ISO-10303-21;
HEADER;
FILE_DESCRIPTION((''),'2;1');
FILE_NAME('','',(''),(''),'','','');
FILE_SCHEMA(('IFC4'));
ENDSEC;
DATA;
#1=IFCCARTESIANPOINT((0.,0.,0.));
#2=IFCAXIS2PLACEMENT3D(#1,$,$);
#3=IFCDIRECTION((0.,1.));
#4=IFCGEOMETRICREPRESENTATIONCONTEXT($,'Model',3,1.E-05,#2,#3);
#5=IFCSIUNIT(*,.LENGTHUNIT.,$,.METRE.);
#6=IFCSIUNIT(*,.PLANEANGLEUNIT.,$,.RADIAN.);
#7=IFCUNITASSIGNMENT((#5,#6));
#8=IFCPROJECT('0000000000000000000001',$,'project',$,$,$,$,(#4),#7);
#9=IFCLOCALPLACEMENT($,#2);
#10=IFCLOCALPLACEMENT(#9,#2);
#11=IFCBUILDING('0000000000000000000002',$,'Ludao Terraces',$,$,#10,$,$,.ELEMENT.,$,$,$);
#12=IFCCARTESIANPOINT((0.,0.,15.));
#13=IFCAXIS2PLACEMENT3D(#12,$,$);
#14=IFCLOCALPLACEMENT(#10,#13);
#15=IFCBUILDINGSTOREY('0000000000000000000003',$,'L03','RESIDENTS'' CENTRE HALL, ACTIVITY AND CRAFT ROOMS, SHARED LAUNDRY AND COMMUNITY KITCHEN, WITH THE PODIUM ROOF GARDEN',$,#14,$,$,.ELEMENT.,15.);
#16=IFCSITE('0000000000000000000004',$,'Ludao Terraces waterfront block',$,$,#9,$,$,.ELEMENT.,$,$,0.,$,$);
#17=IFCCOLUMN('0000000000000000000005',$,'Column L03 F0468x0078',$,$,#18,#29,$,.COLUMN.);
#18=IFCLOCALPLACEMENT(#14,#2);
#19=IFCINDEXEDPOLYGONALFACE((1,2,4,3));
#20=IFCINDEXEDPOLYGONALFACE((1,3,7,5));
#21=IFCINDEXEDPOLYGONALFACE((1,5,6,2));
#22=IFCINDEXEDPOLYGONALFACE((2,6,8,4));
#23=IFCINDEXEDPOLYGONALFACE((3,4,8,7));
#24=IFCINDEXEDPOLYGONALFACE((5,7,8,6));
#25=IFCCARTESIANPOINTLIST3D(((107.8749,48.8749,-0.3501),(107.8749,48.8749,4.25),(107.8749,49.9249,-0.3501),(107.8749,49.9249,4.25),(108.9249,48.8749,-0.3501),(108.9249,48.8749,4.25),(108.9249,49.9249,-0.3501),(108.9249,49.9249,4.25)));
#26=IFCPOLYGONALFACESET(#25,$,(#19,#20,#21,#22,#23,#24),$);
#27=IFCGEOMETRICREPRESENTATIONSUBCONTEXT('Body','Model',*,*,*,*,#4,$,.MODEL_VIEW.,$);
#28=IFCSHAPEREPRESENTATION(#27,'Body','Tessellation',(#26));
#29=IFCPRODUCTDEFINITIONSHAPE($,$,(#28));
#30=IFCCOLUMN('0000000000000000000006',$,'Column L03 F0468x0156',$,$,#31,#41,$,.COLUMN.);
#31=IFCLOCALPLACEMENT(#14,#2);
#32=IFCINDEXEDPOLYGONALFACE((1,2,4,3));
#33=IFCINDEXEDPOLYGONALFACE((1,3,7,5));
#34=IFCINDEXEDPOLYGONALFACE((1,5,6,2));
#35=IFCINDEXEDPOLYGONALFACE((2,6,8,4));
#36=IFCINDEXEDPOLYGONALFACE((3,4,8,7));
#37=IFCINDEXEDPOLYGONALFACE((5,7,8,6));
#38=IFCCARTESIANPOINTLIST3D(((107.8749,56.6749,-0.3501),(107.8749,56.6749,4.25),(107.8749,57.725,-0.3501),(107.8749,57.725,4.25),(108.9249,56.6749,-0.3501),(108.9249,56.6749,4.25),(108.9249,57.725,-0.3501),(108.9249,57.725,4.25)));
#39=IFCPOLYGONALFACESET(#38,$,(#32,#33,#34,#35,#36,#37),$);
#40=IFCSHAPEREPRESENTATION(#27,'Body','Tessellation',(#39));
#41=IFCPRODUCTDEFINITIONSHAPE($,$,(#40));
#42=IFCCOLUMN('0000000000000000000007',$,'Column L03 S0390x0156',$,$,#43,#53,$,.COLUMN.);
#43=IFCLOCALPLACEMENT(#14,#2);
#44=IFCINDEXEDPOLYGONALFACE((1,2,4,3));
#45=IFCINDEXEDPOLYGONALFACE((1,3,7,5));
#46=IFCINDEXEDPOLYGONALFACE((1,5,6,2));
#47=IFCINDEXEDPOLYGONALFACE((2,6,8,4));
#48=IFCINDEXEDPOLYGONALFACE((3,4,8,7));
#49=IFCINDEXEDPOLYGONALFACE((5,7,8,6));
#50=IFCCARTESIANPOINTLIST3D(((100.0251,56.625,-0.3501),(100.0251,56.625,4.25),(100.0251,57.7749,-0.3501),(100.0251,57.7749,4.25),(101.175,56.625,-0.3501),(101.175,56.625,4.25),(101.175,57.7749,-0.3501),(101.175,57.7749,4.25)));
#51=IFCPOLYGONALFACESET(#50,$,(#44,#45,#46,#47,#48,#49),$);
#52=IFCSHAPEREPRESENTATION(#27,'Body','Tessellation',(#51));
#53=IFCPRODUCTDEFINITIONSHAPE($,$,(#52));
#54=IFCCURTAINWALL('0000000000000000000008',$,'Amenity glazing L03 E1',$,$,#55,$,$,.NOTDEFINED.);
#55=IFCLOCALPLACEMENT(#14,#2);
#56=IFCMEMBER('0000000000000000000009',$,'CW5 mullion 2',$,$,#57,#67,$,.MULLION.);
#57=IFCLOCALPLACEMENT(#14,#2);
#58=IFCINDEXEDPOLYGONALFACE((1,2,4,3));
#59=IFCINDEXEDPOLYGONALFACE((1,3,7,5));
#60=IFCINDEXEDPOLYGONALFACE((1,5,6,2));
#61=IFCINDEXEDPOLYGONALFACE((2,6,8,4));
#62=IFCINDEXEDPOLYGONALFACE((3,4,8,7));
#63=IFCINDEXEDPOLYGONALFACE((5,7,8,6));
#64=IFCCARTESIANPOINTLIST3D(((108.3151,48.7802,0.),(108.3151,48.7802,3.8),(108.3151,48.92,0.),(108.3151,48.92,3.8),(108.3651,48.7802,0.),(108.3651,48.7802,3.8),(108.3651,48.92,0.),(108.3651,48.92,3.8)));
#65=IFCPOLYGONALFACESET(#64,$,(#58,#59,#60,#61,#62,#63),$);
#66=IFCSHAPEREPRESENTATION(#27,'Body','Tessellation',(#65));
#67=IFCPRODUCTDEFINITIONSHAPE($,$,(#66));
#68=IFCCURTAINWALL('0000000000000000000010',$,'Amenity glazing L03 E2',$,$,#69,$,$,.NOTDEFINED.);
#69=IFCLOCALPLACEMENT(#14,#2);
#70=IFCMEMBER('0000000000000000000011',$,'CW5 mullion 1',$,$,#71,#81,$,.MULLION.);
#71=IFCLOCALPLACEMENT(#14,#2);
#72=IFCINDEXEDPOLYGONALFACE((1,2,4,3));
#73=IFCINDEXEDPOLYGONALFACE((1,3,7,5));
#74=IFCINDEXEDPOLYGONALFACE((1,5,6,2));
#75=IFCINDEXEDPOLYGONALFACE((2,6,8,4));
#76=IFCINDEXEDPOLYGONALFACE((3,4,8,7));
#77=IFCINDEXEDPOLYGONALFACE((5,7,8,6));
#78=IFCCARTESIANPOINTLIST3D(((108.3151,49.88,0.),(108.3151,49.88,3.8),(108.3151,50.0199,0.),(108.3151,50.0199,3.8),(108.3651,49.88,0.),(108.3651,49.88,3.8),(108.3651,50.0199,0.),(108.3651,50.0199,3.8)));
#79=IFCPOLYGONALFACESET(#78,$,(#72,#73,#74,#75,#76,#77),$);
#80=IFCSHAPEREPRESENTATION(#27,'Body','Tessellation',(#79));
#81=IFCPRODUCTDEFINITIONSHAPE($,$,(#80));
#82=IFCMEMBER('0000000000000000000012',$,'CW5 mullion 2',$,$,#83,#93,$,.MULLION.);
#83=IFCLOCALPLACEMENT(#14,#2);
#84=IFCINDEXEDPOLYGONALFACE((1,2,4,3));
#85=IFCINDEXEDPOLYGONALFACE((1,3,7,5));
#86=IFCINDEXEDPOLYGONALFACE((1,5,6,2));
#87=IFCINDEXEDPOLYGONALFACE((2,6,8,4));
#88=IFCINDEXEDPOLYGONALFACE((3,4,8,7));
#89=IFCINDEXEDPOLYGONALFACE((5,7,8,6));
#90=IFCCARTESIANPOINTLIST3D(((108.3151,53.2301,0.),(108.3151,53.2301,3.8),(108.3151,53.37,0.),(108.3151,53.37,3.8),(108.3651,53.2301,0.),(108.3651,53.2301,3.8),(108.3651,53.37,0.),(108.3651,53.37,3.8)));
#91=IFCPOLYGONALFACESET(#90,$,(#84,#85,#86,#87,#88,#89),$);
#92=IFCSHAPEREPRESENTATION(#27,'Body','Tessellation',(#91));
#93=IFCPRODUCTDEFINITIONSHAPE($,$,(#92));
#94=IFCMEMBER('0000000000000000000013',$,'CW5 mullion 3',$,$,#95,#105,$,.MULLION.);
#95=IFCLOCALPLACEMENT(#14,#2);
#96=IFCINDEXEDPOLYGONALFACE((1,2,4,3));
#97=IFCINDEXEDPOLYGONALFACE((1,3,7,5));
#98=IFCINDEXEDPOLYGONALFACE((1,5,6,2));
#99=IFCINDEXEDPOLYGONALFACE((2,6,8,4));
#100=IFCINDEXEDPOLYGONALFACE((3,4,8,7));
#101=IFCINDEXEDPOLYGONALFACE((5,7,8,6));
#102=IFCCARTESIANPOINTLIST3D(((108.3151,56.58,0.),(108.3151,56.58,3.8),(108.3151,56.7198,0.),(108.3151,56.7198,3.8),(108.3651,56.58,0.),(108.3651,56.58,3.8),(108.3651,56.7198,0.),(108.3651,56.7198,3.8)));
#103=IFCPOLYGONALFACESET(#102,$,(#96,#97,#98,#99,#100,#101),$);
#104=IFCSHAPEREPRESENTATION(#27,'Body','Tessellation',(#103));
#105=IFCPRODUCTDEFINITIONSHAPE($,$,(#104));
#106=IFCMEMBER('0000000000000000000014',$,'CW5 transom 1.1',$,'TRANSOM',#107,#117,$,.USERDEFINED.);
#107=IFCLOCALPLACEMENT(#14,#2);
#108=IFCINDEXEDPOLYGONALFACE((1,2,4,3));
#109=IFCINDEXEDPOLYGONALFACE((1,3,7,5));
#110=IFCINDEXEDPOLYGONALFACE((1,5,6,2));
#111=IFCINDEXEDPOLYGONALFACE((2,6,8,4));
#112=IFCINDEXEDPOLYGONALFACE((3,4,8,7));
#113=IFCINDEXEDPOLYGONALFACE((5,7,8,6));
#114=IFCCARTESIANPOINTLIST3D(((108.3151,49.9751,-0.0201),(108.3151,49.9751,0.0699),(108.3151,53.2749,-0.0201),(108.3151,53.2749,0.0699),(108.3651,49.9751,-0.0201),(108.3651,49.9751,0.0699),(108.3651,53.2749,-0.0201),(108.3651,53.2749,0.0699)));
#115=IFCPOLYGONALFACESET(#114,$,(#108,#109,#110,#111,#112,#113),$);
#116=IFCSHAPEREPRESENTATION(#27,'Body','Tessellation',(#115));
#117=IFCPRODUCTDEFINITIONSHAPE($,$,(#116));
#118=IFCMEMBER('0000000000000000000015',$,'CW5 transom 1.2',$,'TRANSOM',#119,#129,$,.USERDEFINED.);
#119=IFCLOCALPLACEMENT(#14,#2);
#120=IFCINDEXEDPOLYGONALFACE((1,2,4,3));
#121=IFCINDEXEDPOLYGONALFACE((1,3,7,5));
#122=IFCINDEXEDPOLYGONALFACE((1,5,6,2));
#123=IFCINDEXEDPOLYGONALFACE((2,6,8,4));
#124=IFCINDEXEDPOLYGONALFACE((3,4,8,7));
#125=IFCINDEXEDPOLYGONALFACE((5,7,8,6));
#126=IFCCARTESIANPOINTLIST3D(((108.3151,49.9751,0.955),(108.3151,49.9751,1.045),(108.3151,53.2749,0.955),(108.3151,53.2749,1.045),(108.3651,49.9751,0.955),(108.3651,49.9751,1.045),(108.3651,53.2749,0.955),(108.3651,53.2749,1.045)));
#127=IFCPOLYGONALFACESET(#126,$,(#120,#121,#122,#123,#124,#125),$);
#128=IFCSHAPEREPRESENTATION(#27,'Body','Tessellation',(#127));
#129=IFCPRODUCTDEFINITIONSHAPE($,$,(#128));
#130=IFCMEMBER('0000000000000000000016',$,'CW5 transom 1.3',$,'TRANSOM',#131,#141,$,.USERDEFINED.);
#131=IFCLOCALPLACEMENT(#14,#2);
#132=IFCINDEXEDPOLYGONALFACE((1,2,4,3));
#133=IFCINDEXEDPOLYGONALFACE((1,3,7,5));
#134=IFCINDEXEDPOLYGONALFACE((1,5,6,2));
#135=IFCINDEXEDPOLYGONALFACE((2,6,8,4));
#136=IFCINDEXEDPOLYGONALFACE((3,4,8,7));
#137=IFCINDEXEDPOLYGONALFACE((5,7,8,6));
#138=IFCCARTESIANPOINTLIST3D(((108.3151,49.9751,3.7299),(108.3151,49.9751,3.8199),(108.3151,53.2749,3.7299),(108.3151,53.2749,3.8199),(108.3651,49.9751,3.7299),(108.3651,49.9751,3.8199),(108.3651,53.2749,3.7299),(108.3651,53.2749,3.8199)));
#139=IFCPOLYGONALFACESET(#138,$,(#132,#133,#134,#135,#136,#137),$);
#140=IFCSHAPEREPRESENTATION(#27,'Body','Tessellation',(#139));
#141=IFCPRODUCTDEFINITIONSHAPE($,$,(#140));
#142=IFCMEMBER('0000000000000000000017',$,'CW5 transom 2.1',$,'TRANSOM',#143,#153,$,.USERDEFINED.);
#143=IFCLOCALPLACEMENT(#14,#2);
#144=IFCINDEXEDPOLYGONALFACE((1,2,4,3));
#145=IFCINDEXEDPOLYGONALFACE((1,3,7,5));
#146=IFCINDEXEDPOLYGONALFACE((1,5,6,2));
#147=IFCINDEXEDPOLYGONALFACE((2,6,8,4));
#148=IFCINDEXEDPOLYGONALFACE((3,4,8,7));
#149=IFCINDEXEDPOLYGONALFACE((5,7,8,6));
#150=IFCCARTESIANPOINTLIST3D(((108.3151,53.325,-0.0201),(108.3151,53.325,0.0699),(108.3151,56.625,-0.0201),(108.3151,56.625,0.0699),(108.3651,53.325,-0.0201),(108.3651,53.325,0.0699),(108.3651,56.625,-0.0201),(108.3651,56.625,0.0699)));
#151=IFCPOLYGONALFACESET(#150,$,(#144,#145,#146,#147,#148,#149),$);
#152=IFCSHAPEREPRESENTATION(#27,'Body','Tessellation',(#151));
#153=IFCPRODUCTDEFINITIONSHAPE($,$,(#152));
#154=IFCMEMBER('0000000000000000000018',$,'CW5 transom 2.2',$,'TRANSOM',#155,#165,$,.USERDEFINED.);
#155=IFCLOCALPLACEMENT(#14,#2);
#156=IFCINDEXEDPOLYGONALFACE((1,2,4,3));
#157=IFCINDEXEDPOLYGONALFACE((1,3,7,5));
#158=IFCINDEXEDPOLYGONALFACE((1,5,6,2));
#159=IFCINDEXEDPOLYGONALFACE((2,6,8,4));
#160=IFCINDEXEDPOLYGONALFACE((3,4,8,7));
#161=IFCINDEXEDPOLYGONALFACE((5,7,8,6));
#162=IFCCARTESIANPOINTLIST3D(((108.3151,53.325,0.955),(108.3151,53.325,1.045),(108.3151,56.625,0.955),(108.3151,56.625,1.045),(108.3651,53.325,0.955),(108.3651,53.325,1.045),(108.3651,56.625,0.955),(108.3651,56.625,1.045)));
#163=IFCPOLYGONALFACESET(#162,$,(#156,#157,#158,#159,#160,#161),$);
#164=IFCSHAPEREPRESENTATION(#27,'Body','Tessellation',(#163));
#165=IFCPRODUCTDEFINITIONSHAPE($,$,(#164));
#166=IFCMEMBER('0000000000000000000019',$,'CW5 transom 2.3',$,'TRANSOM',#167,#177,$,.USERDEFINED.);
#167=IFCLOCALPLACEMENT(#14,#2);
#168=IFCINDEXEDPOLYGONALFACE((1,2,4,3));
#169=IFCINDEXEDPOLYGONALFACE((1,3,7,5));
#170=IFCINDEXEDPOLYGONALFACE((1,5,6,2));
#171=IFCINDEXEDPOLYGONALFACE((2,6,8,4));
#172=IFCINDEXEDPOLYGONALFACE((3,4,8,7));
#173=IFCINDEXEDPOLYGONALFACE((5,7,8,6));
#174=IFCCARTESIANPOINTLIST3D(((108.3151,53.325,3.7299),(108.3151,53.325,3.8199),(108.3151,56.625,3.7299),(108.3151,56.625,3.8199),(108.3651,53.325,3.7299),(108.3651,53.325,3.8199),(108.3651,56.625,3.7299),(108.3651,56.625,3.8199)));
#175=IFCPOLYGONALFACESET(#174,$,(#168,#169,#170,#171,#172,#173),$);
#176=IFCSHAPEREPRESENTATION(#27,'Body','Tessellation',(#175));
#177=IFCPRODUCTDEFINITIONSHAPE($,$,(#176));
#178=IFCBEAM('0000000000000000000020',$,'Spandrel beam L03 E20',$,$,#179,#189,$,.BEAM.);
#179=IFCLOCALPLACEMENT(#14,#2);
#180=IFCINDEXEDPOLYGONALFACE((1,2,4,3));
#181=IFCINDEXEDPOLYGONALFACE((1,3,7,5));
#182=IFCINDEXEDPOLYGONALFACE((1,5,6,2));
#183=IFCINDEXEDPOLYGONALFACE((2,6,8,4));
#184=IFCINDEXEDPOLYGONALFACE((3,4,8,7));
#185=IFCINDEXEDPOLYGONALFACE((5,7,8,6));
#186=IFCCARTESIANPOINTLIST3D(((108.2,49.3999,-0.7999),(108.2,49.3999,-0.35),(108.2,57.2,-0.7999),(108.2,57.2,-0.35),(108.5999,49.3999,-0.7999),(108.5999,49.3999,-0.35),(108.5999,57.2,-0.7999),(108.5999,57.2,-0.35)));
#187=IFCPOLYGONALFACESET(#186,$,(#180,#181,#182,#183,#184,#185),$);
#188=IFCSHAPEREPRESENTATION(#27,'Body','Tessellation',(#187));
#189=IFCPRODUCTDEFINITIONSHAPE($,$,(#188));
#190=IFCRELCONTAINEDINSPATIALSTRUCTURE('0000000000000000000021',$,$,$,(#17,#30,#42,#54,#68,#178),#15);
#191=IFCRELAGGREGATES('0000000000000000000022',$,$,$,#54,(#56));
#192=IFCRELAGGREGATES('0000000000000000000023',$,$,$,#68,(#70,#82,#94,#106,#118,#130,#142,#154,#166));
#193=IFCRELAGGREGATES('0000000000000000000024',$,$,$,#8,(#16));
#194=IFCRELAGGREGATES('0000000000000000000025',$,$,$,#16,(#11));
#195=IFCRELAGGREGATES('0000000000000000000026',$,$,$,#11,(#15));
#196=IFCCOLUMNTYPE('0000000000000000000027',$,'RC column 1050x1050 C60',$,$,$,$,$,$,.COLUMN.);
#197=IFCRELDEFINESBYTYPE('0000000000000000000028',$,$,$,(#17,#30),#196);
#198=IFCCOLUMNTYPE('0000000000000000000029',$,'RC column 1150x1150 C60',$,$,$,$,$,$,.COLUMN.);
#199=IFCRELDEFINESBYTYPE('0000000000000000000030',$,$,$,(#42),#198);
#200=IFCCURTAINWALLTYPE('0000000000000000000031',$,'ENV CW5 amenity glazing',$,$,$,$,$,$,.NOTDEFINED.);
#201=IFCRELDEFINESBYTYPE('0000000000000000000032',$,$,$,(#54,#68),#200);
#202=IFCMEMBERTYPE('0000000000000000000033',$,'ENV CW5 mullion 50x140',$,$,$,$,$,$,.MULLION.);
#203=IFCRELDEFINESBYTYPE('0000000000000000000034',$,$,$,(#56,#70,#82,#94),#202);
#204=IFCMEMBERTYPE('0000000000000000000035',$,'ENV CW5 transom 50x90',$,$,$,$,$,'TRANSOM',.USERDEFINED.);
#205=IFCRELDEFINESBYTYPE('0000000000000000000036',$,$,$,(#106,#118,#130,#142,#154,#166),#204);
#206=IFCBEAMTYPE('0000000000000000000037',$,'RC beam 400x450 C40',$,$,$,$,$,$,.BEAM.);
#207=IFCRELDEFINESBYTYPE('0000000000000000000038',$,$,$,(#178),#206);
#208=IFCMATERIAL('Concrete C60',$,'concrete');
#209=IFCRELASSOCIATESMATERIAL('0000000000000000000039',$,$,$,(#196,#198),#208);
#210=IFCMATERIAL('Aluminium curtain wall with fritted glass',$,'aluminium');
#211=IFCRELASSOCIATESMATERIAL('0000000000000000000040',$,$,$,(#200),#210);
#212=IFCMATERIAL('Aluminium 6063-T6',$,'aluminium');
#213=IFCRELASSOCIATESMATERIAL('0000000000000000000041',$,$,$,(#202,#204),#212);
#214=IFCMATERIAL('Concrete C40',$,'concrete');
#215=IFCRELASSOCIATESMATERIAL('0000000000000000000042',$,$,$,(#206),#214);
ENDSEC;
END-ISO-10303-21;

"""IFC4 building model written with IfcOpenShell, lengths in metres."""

from ifc_helpers import new_model, si_unit, direction, frame, origin, origin_2d, place, context, subcontext, project, spatial, rectangle, extrude, material, material_profile, profile_set, type_object, element, aggregate, save


model = new_model("IFC4")

# Units and contexts
model_context = context("Model", 3, precision=1e-05, world=origin(), true_north=direction((0.0, 1.0)))
body_context = subcontext(model_context, "Body", "Model", "MODEL_VIEW")
ifc_project = project(units=[si_unit("LENGTHUNIT", "METRE"), si_unit("PLANEANGLEUNIT", "RADIAN")], contexts=[model_context])

# Site, building, storey
site_placement = place(None, origin())
site = spatial("IfcSite", under=ifc_project, at=site_placement, Name="Ludao Terraces waterfront block", CompositionType="ELEMENT", RefElevation=0.0)
building_placement = place(site_placement, origin())
building = spatial("IfcBuilding", under=site, at=building_placement, Name="Ludao Terraces", CompositionType="ELEMENT")
storey_placement = place(building_placement, frame((0.0, 0.0, 15.0)))
storey = spatial("IfcBuildingStorey", under=building, at=storey_placement, Name="L03", Description="RESIDENTS' CENTRE HALL, ACTIVITY AND CRAFT ROOMS, SHARED LAUNDRY AND COMMUNITY KITCHEN, WITH THE PODIUM ROOF GARDEN", CompositionType="ELEMENT", Elevation=15.0)

# Columns
ifc_material_1 = material(Name="Concrete C60", Category="concrete")
ifc_material_profile_1 = material_profile(ifc_material_1, rectangle(XDim=1.05, YDim=1.05, at=origin_2d()), Name="1050 X 1050")
ifc_profile_set_1 = profile_set([ifc_material_profile_1], Name="Concrete C60")
column_type_1 = type_object("IfcColumnType", Name="RC column 1050x1050 C60", PredefinedType="COLUMN", material=ifc_profile_set_1)
for number, where, z_axis, x_axis, name in (
    (1, (108.3999, 49.3999, -0.3501), (0.0, 0.0, 1.0), (1.0, 0.0, 0.0), "Column L03 F0468x0078"),
    (2, (108.3999, 57.2, -0.3501), (0.0, 0.0, 1.0), (1.0, 0.0, 0.0), "Column L03 F0468x0156"),
):
    element("IfcColumn", number, at=place(storey_placement, frame(where, z_axis=z_axis, x_axis=x_axis)), inside=storey, type_object=column_type_1, Name=name, PredefinedType="COLUMN", context=body_context, shape_type="SweptSolid", body=[
        extrude(rectangle(XDim=1.05, YDim=1.05, at=origin_2d()), origin(), (0.0, 0.0, 1.0), 4.6001),
    ])
ifc_material_profile_2 = material_profile(ifc_material_1, rectangle(XDim=1.1499, YDim=1.1499, at=origin_2d()), Name="1150 X 1150")
ifc_profile_set_2 = profile_set([ifc_material_profile_2], Name="Concrete C60")
column_type_2 = type_object("IfcColumnType", Name="RC column 1150x1150 C60", PredefinedType="COLUMN", material=ifc_profile_set_2)
column_placement = place(storey_placement, frame((100.6001, 57.2, -0.3501), z_axis=(0.0, 0.0, 1.0), x_axis=(1.0, 0.0, 0.0)))
element("IfcColumn", 3, at=column_placement, inside=storey, type_object=column_type_2, Name="Column L03 S0390x0156", PredefinedType="COLUMN", context=body_context, shape_type="SweptSolid", body=[
    extrude(rectangle(XDim=1.1499, YDim=1.1499, at=origin_2d()), origin(), (0.0, 0.0, 1.0), 4.6001),
])

# Curtain wall, member
ifc_material_2 = material(Name="Aluminium curtain wall with fritted glass", Category="aluminium")
curtain_wall_type = type_object("IfcCurtainWallType", Name="ENV CW5 amenity glazing", PredefinedType="NOTDEFINED", material=ifc_material_2)
curtain_wall_1_placement = place(storey_placement, origin())
curtain_wall_1 = element("IfcCurtainWall", 4, at=curtain_wall_1_placement, inside=storey, type_object=curtain_wall_type, Name="Amenity glazing L03 E1", PredefinedType="NOTDEFINED")
ifc_material_3 = material(Name="Aluminium 6063-T6", Category="aluminium")
ifc_material_profile_3 = material_profile(ifc_material_3, rectangle(XDim=0.05, YDim=0.1399, at=origin_2d()), Name="50 X 140")
ifc_profile_set_3 = profile_set([ifc_material_profile_3], Name="Aluminium 6063-T6")
member_type_1 = type_object("IfcMemberType", Name="ENV CW5 mullion 50x140", PredefinedType="MULLION", material=ifc_profile_set_3)
member_1_placement = place(storey_placement, frame((108.3401, 48.8501, 0.0), z_axis=(0.0, 0.0, 1.0), x_axis=(-1.0, 0.0, 0.0)))
member_1 = element("IfcMember", 5, at=member_1_placement, type_object=member_type_1, Name="CW5 mullion 2", PredefinedType="MULLION", context=body_context, shape_type="SweptSolid", body=[
    extrude(rectangle(XDim=0.05, YDim=0.1399, at=origin_2d()), origin(), (0.0, 0.0, 1.0), 3.8),
])

# Curtain wall, members
curtain_wall_2_placement = place(storey_placement, origin())
curtain_wall_2 = element("IfcCurtainWall", 6, at=curtain_wall_2_placement, inside=storey, type_object=curtain_wall_type, Name="Amenity glazing L03 E2", PredefinedType="NOTDEFINED")
member_2_placement = place(storey_placement, frame((108.3401, 49.95, 0.0), z_axis=(0.0, 0.0, 1.0), x_axis=(-1.0, 0.0, 0.0)))
member_2 = element("IfcMember", 7, at=member_2_placement, type_object=member_type_1, Name="CW5 mullion 1", PredefinedType="MULLION", context=body_context, shape_type="SweptSolid", body=[
    extrude(rectangle(XDim=0.05, YDim=0.1399, at=origin_2d()), origin(), (0.0, 0.0, 1.0), 3.8),
])
member_3_placement = place(storey_placement, frame((108.3401, 53.3, 0.0), z_axis=(0.0, 0.0, 1.0), x_axis=(-1.0, 0.0, 0.0)))
member_3 = element("IfcMember", 8, at=member_3_placement, type_object=member_type_1, Name="CW5 mullion 2", PredefinedType="MULLION", context=body_context, shape_type="SweptSolid", body=[
    extrude(rectangle(XDim=0.05, YDim=0.1399, at=origin_2d()), origin(), (0.0, 0.0, 1.0), 3.8),
])
member_4_placement = place(storey_placement, frame((108.3401, 56.6499, 0.0), z_axis=(0.0, 0.0, 1.0), x_axis=(-1.0, 0.0, 0.0)))
member_4 = element("IfcMember", 9, at=member_4_placement, type_object=member_type_1, Name="CW5 mullion 3", PredefinedType="MULLION", context=body_context, shape_type="SweptSolid", body=[
    extrude(rectangle(XDim=0.05, YDim=0.1399, at=origin_2d()), origin(), (0.0, 0.0, 1.0), 3.8),
])
ifc_material_profile_4 = material_profile(ifc_material_3, rectangle(XDim=0.05, YDim=0.0901, at=origin_2d()), Name="50 X 90")
ifc_profile_set_4 = profile_set([ifc_material_profile_4], Name="Aluminium 6063-T6")
member_type_2 = type_object("IfcMemberType", Name="ENV CW5 transom 50x90", ElementType="TRANSOM", PredefinedType="USERDEFINED", material=ifc_profile_set_4)
member_5_placement = place(storey_placement, frame((108.3401, 49.9751, 0.0249), z_axis=(0.0, 1.0, 0.0), x_axis=(-1.0, 0.0, 0.0)))
member_5 = element("IfcMember", 10, at=member_5_placement, type_object=member_type_2, Name="CW5 transom 1.1", ObjectType="TRANSOM", PredefinedType="USERDEFINED", context=body_context, shape_type="SweptSolid", body=[
    extrude(rectangle(XDim=0.05, YDim=0.0901, at=origin_2d()), origin(), (0.0, 0.0, 1.0), 3.2998),
])
member_6_placement = place(storey_placement, frame((108.3401, 49.9751, 1.0), z_axis=(0.0, 1.0, 0.0), x_axis=(-1.0, 0.0, 0.0)))
member_6 = element("IfcMember", 11, at=member_6_placement, type_object=member_type_2, Name="CW5 transom 1.2", ObjectType="TRANSOM", PredefinedType="USERDEFINED", context=body_context, shape_type="SweptSolid", body=[
    extrude(rectangle(XDim=0.05, YDim=0.0901, at=origin_2d()), origin(), (0.0, 0.0, 1.0), 3.2998),
])
member_7_placement = place(storey_placement, frame((108.3401, 49.9751, 3.7749), z_axis=(0.0, 1.0, 0.0), x_axis=(-1.0, 0.0, 0.0)))
member_7 = element("IfcMember", 12, at=member_7_placement, type_object=member_type_2, Name="CW5 transom 1.3", ObjectType="TRANSOM", PredefinedType="USERDEFINED", context=body_context, shape_type="SweptSolid", body=[
    extrude(rectangle(XDim=0.05, YDim=0.0901, at=origin_2d()), origin(), (0.0, 0.0, 1.0), 3.2998),
])
member_8_placement = place(storey_placement, frame((108.3401, 53.325, 0.0249), z_axis=(0.0, 1.0, 0.0), x_axis=(-1.0, 0.0, 0.0)))
member_8 = element("IfcMember", 13, at=member_8_placement, type_object=member_type_2, Name="CW5 transom 2.1", ObjectType="TRANSOM", PredefinedType="USERDEFINED", context=body_context, shape_type="SweptSolid", body=[
    extrude(rectangle(XDim=0.05, YDim=0.0901, at=origin_2d()), origin(), (0.0, 0.0, 1.0), 3.3),
])
member_9_placement = place(storey_placement, frame((108.3401, 53.325, 1.0), z_axis=(0.0, 1.0, 0.0), x_axis=(-1.0, 0.0, 0.0)))
member_9 = element("IfcMember", 14, at=member_9_placement, type_object=member_type_2, Name="CW5 transom 2.2", ObjectType="TRANSOM", PredefinedType="USERDEFINED", context=body_context, shape_type="SweptSolid", body=[
    extrude(rectangle(XDim=0.05, YDim=0.0901, at=origin_2d()), origin(), (0.0, 0.0, 1.0), 3.3),
])
member_10_placement = place(storey_placement, frame((108.3401, 53.325, 3.7749), z_axis=(0.0, 1.0, 0.0), x_axis=(-1.0, 0.0, 0.0)))
member_10 = element("IfcMember", 15, at=member_10_placement, type_object=member_type_2, Name="CW5 transom 2.3", ObjectType="TRANSOM", PredefinedType="USERDEFINED", context=body_context, shape_type="SweptSolid", body=[
    extrude(rectangle(XDim=0.05, YDim=0.0901, at=origin_2d()), origin(), (0.0, 0.0, 1.0), 3.3),
])

# Beam
ifc_material_4 = material(Name="Concrete C40", Category="concrete")
ifc_material_profile_5 = material_profile(ifc_material_4, rectangle(XDim=0.3999, YDim=0.45, at=origin_2d()), Name="400 X 450")
ifc_profile_set_5 = profile_set([ifc_material_profile_5], Name="Concrete C40")
beam_type = type_object("IfcBeamType", Name="RC beam 400x450 C40", PredefinedType="BEAM", material=ifc_profile_set_5)
for number, where, z_axis, x_axis, name in (
    (16, (108.3999, 49.3999, -0.575), (0.0, 1.0, 0.0), (-1.0, 0.0, 0.0), "Spandrel beam L03 E20"),
):
    element("IfcBeam", number, at=place(storey_placement, frame(where, z_axis=z_axis, x_axis=x_axis)), inside=storey, type_object=beam_type, Name=name, PredefinedType="BEAM", context=body_context, shape_type="SweptSolid", body=[
        extrude(rectangle(XDim=0.3999, YDim=0.45, at=origin_2d()), origin(), (0.0, 0.0, 1.0), 7.8),
    ])

aggregate(curtain_wall_1, [member_1])
aggregate(curtain_wall_2, [member_2, member_3, member_4, member_5, member_6, member_7, member_8, member_9, member_10])

save(model, "model.ifc")
